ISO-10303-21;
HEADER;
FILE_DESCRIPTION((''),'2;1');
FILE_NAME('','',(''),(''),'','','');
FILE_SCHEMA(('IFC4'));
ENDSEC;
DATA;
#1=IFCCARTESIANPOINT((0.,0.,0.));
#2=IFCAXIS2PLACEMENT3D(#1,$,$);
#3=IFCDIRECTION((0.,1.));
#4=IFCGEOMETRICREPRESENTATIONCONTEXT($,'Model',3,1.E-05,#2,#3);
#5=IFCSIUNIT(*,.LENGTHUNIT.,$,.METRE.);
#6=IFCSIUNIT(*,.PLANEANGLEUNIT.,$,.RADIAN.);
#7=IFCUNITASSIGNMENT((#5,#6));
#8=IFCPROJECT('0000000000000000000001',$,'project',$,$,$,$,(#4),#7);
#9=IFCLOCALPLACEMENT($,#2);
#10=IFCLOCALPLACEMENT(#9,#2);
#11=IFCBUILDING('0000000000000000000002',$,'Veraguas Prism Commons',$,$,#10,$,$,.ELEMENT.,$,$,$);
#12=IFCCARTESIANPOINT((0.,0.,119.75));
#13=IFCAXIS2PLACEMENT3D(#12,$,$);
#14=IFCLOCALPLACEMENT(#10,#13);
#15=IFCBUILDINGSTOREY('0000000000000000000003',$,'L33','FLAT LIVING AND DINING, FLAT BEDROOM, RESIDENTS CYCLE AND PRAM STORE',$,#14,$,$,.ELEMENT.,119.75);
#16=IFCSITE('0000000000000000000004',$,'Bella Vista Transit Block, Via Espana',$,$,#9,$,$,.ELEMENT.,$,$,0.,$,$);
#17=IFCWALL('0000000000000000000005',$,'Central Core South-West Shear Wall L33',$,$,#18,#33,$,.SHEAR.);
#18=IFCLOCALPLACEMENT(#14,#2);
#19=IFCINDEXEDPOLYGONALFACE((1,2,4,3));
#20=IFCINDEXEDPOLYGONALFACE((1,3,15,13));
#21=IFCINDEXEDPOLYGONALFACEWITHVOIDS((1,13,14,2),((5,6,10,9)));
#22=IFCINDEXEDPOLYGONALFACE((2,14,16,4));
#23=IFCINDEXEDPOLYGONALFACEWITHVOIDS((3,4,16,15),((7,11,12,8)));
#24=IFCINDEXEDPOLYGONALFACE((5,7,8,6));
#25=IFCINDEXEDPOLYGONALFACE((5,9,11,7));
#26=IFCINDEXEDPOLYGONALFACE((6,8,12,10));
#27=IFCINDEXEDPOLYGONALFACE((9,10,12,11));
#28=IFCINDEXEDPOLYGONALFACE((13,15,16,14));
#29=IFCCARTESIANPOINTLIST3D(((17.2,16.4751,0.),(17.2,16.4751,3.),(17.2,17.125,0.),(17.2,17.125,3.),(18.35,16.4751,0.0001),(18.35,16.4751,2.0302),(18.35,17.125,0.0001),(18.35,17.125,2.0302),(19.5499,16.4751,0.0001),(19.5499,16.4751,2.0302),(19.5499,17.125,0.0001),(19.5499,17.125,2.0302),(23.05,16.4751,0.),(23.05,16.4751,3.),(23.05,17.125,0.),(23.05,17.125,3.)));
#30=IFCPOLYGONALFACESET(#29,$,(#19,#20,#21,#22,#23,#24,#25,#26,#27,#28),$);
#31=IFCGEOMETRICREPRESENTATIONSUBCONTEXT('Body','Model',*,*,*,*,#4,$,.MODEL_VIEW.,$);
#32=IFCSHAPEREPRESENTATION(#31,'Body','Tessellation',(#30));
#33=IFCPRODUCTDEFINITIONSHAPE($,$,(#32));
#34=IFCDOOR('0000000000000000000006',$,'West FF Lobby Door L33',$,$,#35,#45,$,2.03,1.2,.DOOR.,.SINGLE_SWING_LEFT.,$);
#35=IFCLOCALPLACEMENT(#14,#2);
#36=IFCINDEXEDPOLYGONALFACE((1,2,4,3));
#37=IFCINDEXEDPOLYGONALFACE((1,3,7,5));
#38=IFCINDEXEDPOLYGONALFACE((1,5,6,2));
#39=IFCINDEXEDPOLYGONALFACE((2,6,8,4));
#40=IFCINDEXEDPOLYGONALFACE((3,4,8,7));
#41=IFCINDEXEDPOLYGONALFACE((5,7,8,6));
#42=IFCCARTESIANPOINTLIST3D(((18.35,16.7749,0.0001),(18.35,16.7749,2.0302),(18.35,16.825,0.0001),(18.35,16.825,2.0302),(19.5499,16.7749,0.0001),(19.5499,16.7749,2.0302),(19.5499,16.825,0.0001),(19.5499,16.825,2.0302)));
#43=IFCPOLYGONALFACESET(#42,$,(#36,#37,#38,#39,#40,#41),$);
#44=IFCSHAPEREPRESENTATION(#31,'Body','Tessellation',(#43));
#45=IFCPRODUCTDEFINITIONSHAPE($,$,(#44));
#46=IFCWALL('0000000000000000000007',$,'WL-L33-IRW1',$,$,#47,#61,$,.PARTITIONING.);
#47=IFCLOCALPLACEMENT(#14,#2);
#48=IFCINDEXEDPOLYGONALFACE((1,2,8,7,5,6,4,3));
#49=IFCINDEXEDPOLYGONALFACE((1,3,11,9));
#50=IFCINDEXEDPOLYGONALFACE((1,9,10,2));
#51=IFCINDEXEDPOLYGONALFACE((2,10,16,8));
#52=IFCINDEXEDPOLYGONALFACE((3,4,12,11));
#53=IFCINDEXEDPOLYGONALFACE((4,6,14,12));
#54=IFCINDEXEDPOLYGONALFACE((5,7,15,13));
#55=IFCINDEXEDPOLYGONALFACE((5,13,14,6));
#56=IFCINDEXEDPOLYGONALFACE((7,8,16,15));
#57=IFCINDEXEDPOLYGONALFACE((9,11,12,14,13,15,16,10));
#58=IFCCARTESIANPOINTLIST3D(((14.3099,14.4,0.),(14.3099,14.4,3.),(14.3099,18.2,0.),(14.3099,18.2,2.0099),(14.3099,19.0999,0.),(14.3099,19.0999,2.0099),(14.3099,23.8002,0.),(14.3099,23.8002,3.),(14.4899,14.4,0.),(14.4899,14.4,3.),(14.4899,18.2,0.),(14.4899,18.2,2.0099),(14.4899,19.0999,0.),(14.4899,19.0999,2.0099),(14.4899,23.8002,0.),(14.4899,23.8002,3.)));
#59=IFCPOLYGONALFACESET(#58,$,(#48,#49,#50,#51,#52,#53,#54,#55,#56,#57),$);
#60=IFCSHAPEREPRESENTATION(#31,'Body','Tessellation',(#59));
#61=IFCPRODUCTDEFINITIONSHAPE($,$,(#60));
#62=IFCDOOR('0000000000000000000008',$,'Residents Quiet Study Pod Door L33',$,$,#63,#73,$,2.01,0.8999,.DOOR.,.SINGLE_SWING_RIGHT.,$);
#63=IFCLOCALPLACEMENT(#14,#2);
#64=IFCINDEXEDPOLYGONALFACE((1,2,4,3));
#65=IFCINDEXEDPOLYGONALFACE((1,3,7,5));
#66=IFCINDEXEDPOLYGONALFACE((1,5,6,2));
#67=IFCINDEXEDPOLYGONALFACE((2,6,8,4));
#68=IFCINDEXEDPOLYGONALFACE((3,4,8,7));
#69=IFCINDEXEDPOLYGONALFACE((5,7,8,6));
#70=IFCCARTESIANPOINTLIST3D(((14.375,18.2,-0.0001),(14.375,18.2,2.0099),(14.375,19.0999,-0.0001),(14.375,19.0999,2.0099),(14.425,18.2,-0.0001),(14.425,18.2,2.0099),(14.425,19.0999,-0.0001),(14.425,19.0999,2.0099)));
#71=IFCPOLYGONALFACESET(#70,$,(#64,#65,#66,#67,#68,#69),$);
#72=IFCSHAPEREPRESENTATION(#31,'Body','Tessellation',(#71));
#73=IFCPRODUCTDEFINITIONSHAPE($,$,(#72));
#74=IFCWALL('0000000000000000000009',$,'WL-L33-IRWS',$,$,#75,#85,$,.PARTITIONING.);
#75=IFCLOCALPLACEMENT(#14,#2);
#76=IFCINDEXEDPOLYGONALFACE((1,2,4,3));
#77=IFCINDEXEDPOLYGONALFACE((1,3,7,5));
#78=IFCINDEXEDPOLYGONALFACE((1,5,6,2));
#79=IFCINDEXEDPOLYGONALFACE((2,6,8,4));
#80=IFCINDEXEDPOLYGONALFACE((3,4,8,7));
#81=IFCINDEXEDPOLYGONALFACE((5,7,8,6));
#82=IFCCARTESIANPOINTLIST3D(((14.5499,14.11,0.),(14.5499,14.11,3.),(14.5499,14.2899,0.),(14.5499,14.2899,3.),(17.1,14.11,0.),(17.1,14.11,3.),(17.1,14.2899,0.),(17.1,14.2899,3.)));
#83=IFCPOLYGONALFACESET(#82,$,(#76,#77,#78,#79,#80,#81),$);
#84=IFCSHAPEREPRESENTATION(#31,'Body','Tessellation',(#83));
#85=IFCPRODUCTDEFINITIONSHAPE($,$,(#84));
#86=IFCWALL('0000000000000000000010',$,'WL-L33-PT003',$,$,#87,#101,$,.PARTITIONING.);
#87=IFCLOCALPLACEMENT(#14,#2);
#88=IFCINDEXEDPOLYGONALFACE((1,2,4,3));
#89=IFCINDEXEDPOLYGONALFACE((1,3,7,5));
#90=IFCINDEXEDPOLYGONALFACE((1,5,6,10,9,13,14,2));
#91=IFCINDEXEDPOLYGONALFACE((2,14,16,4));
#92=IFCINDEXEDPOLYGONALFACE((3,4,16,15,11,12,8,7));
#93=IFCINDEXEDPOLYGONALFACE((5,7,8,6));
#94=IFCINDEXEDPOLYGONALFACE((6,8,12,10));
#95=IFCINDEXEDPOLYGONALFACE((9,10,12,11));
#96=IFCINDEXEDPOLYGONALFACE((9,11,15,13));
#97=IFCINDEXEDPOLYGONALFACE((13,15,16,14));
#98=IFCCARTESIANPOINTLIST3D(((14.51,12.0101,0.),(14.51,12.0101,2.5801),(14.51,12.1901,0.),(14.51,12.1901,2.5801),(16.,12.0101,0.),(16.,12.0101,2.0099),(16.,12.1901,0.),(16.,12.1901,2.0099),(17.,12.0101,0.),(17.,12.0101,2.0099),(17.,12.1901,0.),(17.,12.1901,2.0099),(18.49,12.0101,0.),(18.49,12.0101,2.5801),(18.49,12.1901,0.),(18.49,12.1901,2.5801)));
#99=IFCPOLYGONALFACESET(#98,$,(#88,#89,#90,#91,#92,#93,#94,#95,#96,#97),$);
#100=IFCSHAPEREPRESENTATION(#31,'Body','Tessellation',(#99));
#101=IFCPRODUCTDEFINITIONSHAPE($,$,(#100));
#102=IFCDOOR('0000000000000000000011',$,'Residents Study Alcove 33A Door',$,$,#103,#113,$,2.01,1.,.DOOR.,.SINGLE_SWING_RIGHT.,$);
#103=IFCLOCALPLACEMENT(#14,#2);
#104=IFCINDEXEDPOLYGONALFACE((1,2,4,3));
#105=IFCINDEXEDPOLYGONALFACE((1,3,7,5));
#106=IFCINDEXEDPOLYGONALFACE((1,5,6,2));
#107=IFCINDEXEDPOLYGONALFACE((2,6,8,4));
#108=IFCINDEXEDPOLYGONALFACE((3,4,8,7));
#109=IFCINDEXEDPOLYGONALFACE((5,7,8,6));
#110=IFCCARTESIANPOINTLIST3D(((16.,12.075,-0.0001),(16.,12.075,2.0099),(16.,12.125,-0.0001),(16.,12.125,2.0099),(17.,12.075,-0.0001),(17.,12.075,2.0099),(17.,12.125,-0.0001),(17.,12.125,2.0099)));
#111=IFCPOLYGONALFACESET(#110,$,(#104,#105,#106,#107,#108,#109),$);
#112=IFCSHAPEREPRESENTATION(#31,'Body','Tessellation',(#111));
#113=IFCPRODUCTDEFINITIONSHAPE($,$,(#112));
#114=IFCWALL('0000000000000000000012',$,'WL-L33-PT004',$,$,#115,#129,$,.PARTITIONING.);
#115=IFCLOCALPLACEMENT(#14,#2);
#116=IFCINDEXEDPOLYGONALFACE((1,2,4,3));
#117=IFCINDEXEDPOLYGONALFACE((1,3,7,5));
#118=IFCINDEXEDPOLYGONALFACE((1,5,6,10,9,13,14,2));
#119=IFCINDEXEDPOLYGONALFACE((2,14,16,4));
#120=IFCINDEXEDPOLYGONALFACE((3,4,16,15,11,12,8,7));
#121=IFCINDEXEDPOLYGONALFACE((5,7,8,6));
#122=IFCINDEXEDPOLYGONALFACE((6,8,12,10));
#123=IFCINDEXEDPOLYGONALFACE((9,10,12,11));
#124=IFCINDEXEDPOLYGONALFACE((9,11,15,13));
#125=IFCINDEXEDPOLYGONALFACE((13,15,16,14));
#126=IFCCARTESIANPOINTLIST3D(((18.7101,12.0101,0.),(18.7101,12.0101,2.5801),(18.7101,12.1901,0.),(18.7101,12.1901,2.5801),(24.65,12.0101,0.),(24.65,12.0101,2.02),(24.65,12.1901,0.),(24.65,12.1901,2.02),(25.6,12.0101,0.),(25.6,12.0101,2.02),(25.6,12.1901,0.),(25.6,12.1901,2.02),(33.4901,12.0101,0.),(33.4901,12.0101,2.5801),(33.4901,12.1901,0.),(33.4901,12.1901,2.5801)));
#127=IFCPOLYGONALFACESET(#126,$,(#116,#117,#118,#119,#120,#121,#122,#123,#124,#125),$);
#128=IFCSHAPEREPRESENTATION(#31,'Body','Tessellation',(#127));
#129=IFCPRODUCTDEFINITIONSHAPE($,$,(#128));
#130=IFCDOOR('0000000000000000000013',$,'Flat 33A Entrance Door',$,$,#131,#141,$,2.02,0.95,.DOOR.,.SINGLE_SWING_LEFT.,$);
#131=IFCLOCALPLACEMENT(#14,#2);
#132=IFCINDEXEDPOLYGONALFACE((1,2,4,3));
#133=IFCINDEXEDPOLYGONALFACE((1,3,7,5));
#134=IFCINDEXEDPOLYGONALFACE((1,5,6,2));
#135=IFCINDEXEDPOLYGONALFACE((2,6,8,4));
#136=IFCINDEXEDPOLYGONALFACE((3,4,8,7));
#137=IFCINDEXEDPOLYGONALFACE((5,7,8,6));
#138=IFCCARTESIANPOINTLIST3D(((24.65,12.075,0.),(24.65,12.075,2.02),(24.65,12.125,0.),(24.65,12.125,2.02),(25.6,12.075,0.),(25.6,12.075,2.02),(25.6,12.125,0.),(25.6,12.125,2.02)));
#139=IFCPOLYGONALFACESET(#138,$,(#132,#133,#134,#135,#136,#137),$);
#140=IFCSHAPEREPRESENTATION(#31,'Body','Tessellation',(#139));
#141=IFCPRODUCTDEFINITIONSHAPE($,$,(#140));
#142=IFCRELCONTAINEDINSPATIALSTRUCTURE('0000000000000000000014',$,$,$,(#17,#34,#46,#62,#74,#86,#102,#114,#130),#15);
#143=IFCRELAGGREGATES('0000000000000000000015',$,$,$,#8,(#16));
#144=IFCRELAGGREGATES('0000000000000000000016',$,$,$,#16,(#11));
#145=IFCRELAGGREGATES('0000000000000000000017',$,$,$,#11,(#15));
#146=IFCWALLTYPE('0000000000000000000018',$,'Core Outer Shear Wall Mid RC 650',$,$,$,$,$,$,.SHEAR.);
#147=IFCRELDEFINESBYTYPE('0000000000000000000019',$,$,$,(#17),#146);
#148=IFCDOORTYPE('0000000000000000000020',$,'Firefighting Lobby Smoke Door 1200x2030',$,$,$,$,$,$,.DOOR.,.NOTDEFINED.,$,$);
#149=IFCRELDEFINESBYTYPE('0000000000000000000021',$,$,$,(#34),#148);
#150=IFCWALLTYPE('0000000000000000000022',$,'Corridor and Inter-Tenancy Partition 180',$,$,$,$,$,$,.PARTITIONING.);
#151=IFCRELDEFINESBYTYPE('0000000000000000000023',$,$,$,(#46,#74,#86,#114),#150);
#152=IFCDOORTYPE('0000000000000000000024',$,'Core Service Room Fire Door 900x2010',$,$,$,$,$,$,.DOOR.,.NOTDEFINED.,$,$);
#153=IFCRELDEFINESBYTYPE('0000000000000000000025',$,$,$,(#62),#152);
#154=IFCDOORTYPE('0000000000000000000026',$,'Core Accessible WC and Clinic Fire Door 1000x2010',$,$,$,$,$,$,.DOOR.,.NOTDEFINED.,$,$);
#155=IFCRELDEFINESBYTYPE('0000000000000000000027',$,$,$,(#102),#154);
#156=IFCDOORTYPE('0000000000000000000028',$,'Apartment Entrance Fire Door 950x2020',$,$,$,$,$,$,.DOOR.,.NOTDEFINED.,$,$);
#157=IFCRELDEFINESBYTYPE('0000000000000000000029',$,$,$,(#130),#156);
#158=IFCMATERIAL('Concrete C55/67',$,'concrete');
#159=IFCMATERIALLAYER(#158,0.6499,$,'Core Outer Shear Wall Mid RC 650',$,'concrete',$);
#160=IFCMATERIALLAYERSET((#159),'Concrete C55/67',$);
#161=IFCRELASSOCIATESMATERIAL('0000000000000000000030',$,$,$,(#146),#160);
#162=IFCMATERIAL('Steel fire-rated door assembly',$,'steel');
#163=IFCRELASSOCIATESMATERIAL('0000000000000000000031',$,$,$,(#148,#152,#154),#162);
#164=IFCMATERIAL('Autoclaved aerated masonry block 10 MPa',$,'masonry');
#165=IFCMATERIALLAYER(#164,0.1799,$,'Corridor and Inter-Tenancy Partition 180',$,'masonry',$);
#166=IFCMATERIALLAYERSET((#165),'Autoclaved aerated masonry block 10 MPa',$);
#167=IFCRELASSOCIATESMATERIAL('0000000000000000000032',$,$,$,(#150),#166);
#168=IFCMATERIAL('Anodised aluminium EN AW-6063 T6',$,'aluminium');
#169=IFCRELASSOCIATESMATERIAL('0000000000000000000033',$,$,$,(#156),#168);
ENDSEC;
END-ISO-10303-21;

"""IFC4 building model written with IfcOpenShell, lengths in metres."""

from ifc_helpers import new_model, si_unit, direction, frame, frame_2d, origin, place, context, subcontext, project, spatial, rectangle, extrude, source, transform, mapped, material, layer, layer_set, type_object, element, fill, save


model = new_model("IFC4")

# Units and contexts
model_context = context("Model", 3, precision=1e-05, world=origin(), true_north=direction((0.0, 1.0)))
body_context = subcontext(model_context, "Body", "Model", "MODEL_VIEW")
ifc_project = project(units=[si_unit("LENGTHUNIT", "METRE"), si_unit("PLANEANGLEUNIT", "RADIAN")], contexts=[model_context])

# Site, building, storey
site_placement = place(None, origin())
site = spatial("IfcSite", under=ifc_project, at=site_placement, Name="Bella Vista Transit Block, Via Espana", CompositionType="ELEMENT", RefElevation=0.0)
building_placement = place(site_placement, origin())
building = spatial("IfcBuilding", under=site, at=building_placement, Name="Veraguas Prism Commons", CompositionType="ELEMENT")
storey_placement = place(building_placement, frame((0.0, 0.0, 119.75)))
storey = spatial("IfcBuildingStorey", under=building, at=storey_placement, Name="L33", Description="FLAT LIVING AND DINING, FLAT BEDROOM, RESIDENTS CYCLE AND PRAM STORE", CompositionType="ELEMENT", Elevation=119.75)

# Shared definitions
ifc_material_1 = material(Name="Steel fire-rated door assembly", Category="steel")

# Shared definitions
ifc_material_2 = material(Name="Concrete C55/67", Category="concrete")
ifc_layer_1 = layer(ifc_material_2, 0.6499, Name="Core Outer Shear Wall Mid RC 650", Category="concrete")
ifc_layer_set_1 = layer_set([ifc_layer_1], Name="Concrete C55/67")
wall_type_1 = type_object("IfcWallType", Name="Core Outer Shear Wall Mid RC 650", PredefinedType="SHEAR", material=ifc_layer_set_1)

# Walls, openings, doors
wall_1_placement = place(storey_placement, frame((17.2, 16.8, 0.0), z_axis=(0.0, 0.0, 1.0), x_axis=(1.0, 0.0, 0.0)))
wall_1 = element("IfcWall", 1, at=wall_1_placement, inside=storey, type_object=wall_type_1, Name="Central Core South-West Shear Wall L33", PredefinedType="SHEAR", context=body_context, shape_type="SweptSolid", body=[
    extrude(rectangle(XDim=5.8501, YDim=0.6499, at=frame_2d((2.925, 0.0))), origin(), (0.0, 0.0, 1.0), 3.0),
])
opening_1_placement = place(wall_1_placement, frame((1.1499, 0.0, 0.0)))
opening_1 = element("IfcOpeningElement", 2, at=opening_1_placement, cuts=wall_1, PredefinedType="OPENING", context=body_context, shape_type="SweptSolid", body=[
    extrude(rectangle(XDim=1.2, YDim=2.03, at=frame_2d((0.6001, 1.0151))), frame((0.0, 0.335, 0.0), z_axis=(0.0, -1.0, 0.0), x_axis=(1.0, 0.0, 0.0)), (0.0, 0.0, 1.0), 0.6699),
])
door_type_1 = type_object("IfcDoorType", Name="Firefighting Lobby Smoke Door 1200x2030", OperationType="NOTDEFINED", PredefinedType="DOOR", material=ifc_material_1)
shared_shape_1 = source(origin(), body_context, "Body", "SweptSolid", [
    extrude(rectangle(XDim=1.2, YDim=2.03, at=frame_2d((0.6001, 1.0151))), frame((0.0, 0.0249, 0.0), z_axis=(0.0, -1.0, 0.0), x_axis=(1.0, 0.0, 0.0)), (0.0, 0.0, 1.0), 0.05),
])
door_1_placement = place(opening_1_placement, origin())
door_1 = element("IfcDoor", 3, at=door_1_placement, inside=storey, type_object=door_type_1, Name="West FF Lobby Door L33", OperationType="SINGLE_SWING_LEFT", OverallHeight=2.03, OverallWidth=1.2, PredefinedType="DOOR", context=body_context, shape_type="MappedRepresentation", body=[
    mapped(shared_shape_1, transform((0.0, 0.0, 0.0), scale=1.0)),
])
fill(opening_1, door_1)
ifc_material_3 = material(Name="Autoclaved aerated masonry block 10 MPa", Category="masonry")
ifc_layer_2 = layer(ifc_material_3, 0.1799, Name="Corridor and Inter-Tenancy Partition 180", Category="masonry")
ifc_layer_set_2 = layer_set([ifc_layer_2], Name="Autoclaved aerated masonry block 10 MPa")
wall_type_2 = type_object("IfcWallType", Name="Corridor and Inter-Tenancy Partition 180", PredefinedType="PARTITIONING", material=ifc_layer_set_2)
wall_2_placement = place(storey_placement, frame((14.3999, 14.3999, 0.0), z_axis=(0.0, 0.0, 1.0), x_axis=(0.0, 1.0, 0.0)))
wall_2 = element("IfcWall", 4, at=wall_2_placement, inside=storey, type_object=wall_type_2, Name="WL-L33-IRW1", PredefinedType="PARTITIONING", context=body_context, shape_type="SweptSolid", body=[
    extrude(rectangle(XDim=9.4001, YDim=0.1799, at=frame_2d((4.7002, 0.0))), origin(), (0.0, 0.0, 1.0), 3.0),
])
opening_2_placement = place(wall_2_placement, frame((3.8, 0.0, 0.0)))
opening_2 = element("IfcOpeningElement", 5, at=opening_2_placement, cuts=wall_2, PredefinedType="OPENING", context=body_context, shape_type="SweptSolid", body=[
    extrude(rectangle(XDim=0.8999, YDim=2.01, at=frame_2d((0.45, 1.0049))), frame((0.0, 0.0999, 0.0), z_axis=(0.0, -1.0, 0.0), x_axis=(1.0, 0.0, 0.0)), (0.0, 0.0, 1.0), 0.2),
])
door_type_2 = type_object("IfcDoorType", Name="Core Service Room Fire Door 900x2010", OperationType="NOTDEFINED", PredefinedType="DOOR", material=ifc_material_1)
shared_shape_2 = source(origin(), body_context, "Body", "SweptSolid", [
    extrude(rectangle(XDim=0.8999, YDim=2.01, at=frame_2d((0.45, 1.0049))), frame((0.0, 0.0249, 0.0), z_axis=(0.0, -1.0, 0.0), x_axis=(1.0, 0.0, 0.0)), (0.0, 0.0, 1.0), 0.05),
])
door_2_placement = place(opening_2_placement, origin())
door_2 = element("IfcDoor", 6, at=door_2_placement, inside=storey, type_object=door_type_2, Name="Residents Quiet Study Pod Door L33", OperationType="SINGLE_SWING_RIGHT", OverallHeight=2.01, OverallWidth=0.8999, PredefinedType="DOOR", context=body_context, shape_type="MappedRepresentation", body=[
    mapped(shared_shape_2, transform((0.0, 0.0, 0.0), scale=1.0)),
])
fill(opening_2, door_2)

# Wall
wall_3_placement = place(storey_placement, frame((14.55, 14.2, 0.0), z_axis=(0.0, 0.0, 1.0), x_axis=(1.0, 0.0, 0.0)))
element("IfcWall", 7, at=wall_3_placement, inside=storey, type_object=wall_type_2, Name="WL-L33-IRWS", PredefinedType="PARTITIONING", context=body_context, shape_type="SweptSolid", body=[
    extrude(rectangle(XDim=2.55, YDim=0.1799, at=frame_2d((1.2749, 0.0))), origin(), (0.0, 0.0, 1.0), 3.0),
])

# Walls, openings, doors
wall_4_placement = place(storey_placement, frame((14.51, 12.1001, 0.0), z_axis=(0.0, 0.0, 1.0), x_axis=(1.0, 0.0, 0.0)))
wall_4 = element("IfcWall", 8, at=wall_4_placement, inside=storey, type_object=wall_type_2, Name="WL-L33-PT003", PredefinedType="PARTITIONING", context=body_context, shape_type="SweptSolid", body=[
    extrude(rectangle(XDim=3.98, YDim=0.1799, at=frame_2d((1.99, 0.0))), origin(), (0.0, 0.0, 1.0), 2.5801),
])
opening_3_placement = place(wall_4_placement, frame((1.49, 0.0, 0.0)))
opening_3 = element("IfcOpeningElement", 9, at=opening_3_placement, cuts=wall_4, PredefinedType="OPENING", context=body_context, shape_type="SweptSolid", body=[
    extrude(rectangle(XDim=1.0, YDim=2.01, at=frame_2d((0.5, 1.0049))), frame((0.0, 0.0999, 0.0), z_axis=(0.0, -1.0, 0.0), x_axis=(1.0, 0.0, 0.0)), (0.0, 0.0, 1.0), 0.2),
])
door_type_3 = type_object("IfcDoorType", Name="Core Accessible WC and Clinic Fire Door 1000x2010", OperationType="NOTDEFINED", PredefinedType="DOOR", material=ifc_material_1)
shared_shape_3 = source(origin(), body_context, "Body", "SweptSolid", [
    extrude(rectangle(XDim=1.0, YDim=2.01, at=frame_2d((0.5, 1.0049))), frame((0.0, 0.0249, 0.0), z_axis=(0.0, -1.0, 0.0), x_axis=(1.0, 0.0, 0.0)), (0.0, 0.0, 1.0), 0.05),
])
door_3_placement = place(opening_3_placement, origin())
door_3 = element("IfcDoor", 10, at=door_3_placement, inside=storey, type_object=door_type_3, Name="Residents Study Alcove 33A Door", OperationType="SINGLE_SWING_RIGHT", OverallHeight=2.01, OverallWidth=1.0, PredefinedType="DOOR", context=body_context, shape_type="MappedRepresentation", body=[
    mapped(shared_shape_3, transform((0.0, 0.0, 0.0), scale=1.0)),
])
fill(opening_3, door_3)
wall_5_placement = place(storey_placement, frame((18.71, 12.1001, 0.0), z_axis=(0.0, 0.0, 1.0), x_axis=(1.0, 0.0, 0.0)))
wall_5 = element("IfcWall", 11, at=wall_5_placement, inside=storey, type_object=wall_type_2, Name="WL-L33-PT004", PredefinedType="PARTITIONING", context=body_context, shape_type="SweptSolid", body=[
    extrude(rectangle(XDim=14.78, YDim=0.1799, at=frame_2d((7.3901, 0.0))), origin(), (0.0, 0.0, 1.0), 2.5801),
])
opening_4_placement = place(wall_5_placement, frame((5.9399, 0.0, 0.0)))
opening_4 = element("IfcOpeningElement", 12, at=opening_4_placement, cuts=wall_5, PredefinedType="OPENING", context=body_context, shape_type="SweptSolid", body=[
    extrude(rectangle(XDim=0.95, YDim=2.02, at=frame_2d((0.4751, 1.01))), frame((0.0, 0.0999, 0.0), z_axis=(0.0, -1.0, 0.0), x_axis=(1.0, 0.0, 0.0)), (0.0, 0.0, 1.0), 0.2),
])
ifc_material_4 = material(Name="Anodised aluminium EN AW-6063 T6", Category="aluminium")
door_type_4 = type_object("IfcDoorType", Name="Apartment Entrance Fire Door 950x2020", OperationType="NOTDEFINED", PredefinedType="DOOR", material=ifc_material_4)
shared_shape_4 = source(origin(), body_context, "Body", "SweptSolid", [
    extrude(rectangle(XDim=0.95, YDim=2.02, at=frame_2d((0.4751, 1.01))), frame((0.0, 0.0249, 0.0), z_axis=(0.0, -1.0, 0.0), x_axis=(1.0, 0.0, 0.0)), (0.0, 0.0, 1.0), 0.05),
])
door_4_placement = place(opening_4_placement, origin())
door_4 = element("IfcDoor", 13, at=door_4_placement, inside=storey, type_object=door_type_4, Name="Flat 33A Entrance Door", OperationType="SINGLE_SWING_LEFT", OverallHeight=2.02, OverallWidth=0.95, PredefinedType="DOOR", context=body_context, shape_type="MappedRepresentation", body=[
    mapped(shared_shape_4, transform((0.0, 0.0, 0.0), scale=1.0)),
])
fill(opening_4, door_4)

save(model, "model.ifc")
